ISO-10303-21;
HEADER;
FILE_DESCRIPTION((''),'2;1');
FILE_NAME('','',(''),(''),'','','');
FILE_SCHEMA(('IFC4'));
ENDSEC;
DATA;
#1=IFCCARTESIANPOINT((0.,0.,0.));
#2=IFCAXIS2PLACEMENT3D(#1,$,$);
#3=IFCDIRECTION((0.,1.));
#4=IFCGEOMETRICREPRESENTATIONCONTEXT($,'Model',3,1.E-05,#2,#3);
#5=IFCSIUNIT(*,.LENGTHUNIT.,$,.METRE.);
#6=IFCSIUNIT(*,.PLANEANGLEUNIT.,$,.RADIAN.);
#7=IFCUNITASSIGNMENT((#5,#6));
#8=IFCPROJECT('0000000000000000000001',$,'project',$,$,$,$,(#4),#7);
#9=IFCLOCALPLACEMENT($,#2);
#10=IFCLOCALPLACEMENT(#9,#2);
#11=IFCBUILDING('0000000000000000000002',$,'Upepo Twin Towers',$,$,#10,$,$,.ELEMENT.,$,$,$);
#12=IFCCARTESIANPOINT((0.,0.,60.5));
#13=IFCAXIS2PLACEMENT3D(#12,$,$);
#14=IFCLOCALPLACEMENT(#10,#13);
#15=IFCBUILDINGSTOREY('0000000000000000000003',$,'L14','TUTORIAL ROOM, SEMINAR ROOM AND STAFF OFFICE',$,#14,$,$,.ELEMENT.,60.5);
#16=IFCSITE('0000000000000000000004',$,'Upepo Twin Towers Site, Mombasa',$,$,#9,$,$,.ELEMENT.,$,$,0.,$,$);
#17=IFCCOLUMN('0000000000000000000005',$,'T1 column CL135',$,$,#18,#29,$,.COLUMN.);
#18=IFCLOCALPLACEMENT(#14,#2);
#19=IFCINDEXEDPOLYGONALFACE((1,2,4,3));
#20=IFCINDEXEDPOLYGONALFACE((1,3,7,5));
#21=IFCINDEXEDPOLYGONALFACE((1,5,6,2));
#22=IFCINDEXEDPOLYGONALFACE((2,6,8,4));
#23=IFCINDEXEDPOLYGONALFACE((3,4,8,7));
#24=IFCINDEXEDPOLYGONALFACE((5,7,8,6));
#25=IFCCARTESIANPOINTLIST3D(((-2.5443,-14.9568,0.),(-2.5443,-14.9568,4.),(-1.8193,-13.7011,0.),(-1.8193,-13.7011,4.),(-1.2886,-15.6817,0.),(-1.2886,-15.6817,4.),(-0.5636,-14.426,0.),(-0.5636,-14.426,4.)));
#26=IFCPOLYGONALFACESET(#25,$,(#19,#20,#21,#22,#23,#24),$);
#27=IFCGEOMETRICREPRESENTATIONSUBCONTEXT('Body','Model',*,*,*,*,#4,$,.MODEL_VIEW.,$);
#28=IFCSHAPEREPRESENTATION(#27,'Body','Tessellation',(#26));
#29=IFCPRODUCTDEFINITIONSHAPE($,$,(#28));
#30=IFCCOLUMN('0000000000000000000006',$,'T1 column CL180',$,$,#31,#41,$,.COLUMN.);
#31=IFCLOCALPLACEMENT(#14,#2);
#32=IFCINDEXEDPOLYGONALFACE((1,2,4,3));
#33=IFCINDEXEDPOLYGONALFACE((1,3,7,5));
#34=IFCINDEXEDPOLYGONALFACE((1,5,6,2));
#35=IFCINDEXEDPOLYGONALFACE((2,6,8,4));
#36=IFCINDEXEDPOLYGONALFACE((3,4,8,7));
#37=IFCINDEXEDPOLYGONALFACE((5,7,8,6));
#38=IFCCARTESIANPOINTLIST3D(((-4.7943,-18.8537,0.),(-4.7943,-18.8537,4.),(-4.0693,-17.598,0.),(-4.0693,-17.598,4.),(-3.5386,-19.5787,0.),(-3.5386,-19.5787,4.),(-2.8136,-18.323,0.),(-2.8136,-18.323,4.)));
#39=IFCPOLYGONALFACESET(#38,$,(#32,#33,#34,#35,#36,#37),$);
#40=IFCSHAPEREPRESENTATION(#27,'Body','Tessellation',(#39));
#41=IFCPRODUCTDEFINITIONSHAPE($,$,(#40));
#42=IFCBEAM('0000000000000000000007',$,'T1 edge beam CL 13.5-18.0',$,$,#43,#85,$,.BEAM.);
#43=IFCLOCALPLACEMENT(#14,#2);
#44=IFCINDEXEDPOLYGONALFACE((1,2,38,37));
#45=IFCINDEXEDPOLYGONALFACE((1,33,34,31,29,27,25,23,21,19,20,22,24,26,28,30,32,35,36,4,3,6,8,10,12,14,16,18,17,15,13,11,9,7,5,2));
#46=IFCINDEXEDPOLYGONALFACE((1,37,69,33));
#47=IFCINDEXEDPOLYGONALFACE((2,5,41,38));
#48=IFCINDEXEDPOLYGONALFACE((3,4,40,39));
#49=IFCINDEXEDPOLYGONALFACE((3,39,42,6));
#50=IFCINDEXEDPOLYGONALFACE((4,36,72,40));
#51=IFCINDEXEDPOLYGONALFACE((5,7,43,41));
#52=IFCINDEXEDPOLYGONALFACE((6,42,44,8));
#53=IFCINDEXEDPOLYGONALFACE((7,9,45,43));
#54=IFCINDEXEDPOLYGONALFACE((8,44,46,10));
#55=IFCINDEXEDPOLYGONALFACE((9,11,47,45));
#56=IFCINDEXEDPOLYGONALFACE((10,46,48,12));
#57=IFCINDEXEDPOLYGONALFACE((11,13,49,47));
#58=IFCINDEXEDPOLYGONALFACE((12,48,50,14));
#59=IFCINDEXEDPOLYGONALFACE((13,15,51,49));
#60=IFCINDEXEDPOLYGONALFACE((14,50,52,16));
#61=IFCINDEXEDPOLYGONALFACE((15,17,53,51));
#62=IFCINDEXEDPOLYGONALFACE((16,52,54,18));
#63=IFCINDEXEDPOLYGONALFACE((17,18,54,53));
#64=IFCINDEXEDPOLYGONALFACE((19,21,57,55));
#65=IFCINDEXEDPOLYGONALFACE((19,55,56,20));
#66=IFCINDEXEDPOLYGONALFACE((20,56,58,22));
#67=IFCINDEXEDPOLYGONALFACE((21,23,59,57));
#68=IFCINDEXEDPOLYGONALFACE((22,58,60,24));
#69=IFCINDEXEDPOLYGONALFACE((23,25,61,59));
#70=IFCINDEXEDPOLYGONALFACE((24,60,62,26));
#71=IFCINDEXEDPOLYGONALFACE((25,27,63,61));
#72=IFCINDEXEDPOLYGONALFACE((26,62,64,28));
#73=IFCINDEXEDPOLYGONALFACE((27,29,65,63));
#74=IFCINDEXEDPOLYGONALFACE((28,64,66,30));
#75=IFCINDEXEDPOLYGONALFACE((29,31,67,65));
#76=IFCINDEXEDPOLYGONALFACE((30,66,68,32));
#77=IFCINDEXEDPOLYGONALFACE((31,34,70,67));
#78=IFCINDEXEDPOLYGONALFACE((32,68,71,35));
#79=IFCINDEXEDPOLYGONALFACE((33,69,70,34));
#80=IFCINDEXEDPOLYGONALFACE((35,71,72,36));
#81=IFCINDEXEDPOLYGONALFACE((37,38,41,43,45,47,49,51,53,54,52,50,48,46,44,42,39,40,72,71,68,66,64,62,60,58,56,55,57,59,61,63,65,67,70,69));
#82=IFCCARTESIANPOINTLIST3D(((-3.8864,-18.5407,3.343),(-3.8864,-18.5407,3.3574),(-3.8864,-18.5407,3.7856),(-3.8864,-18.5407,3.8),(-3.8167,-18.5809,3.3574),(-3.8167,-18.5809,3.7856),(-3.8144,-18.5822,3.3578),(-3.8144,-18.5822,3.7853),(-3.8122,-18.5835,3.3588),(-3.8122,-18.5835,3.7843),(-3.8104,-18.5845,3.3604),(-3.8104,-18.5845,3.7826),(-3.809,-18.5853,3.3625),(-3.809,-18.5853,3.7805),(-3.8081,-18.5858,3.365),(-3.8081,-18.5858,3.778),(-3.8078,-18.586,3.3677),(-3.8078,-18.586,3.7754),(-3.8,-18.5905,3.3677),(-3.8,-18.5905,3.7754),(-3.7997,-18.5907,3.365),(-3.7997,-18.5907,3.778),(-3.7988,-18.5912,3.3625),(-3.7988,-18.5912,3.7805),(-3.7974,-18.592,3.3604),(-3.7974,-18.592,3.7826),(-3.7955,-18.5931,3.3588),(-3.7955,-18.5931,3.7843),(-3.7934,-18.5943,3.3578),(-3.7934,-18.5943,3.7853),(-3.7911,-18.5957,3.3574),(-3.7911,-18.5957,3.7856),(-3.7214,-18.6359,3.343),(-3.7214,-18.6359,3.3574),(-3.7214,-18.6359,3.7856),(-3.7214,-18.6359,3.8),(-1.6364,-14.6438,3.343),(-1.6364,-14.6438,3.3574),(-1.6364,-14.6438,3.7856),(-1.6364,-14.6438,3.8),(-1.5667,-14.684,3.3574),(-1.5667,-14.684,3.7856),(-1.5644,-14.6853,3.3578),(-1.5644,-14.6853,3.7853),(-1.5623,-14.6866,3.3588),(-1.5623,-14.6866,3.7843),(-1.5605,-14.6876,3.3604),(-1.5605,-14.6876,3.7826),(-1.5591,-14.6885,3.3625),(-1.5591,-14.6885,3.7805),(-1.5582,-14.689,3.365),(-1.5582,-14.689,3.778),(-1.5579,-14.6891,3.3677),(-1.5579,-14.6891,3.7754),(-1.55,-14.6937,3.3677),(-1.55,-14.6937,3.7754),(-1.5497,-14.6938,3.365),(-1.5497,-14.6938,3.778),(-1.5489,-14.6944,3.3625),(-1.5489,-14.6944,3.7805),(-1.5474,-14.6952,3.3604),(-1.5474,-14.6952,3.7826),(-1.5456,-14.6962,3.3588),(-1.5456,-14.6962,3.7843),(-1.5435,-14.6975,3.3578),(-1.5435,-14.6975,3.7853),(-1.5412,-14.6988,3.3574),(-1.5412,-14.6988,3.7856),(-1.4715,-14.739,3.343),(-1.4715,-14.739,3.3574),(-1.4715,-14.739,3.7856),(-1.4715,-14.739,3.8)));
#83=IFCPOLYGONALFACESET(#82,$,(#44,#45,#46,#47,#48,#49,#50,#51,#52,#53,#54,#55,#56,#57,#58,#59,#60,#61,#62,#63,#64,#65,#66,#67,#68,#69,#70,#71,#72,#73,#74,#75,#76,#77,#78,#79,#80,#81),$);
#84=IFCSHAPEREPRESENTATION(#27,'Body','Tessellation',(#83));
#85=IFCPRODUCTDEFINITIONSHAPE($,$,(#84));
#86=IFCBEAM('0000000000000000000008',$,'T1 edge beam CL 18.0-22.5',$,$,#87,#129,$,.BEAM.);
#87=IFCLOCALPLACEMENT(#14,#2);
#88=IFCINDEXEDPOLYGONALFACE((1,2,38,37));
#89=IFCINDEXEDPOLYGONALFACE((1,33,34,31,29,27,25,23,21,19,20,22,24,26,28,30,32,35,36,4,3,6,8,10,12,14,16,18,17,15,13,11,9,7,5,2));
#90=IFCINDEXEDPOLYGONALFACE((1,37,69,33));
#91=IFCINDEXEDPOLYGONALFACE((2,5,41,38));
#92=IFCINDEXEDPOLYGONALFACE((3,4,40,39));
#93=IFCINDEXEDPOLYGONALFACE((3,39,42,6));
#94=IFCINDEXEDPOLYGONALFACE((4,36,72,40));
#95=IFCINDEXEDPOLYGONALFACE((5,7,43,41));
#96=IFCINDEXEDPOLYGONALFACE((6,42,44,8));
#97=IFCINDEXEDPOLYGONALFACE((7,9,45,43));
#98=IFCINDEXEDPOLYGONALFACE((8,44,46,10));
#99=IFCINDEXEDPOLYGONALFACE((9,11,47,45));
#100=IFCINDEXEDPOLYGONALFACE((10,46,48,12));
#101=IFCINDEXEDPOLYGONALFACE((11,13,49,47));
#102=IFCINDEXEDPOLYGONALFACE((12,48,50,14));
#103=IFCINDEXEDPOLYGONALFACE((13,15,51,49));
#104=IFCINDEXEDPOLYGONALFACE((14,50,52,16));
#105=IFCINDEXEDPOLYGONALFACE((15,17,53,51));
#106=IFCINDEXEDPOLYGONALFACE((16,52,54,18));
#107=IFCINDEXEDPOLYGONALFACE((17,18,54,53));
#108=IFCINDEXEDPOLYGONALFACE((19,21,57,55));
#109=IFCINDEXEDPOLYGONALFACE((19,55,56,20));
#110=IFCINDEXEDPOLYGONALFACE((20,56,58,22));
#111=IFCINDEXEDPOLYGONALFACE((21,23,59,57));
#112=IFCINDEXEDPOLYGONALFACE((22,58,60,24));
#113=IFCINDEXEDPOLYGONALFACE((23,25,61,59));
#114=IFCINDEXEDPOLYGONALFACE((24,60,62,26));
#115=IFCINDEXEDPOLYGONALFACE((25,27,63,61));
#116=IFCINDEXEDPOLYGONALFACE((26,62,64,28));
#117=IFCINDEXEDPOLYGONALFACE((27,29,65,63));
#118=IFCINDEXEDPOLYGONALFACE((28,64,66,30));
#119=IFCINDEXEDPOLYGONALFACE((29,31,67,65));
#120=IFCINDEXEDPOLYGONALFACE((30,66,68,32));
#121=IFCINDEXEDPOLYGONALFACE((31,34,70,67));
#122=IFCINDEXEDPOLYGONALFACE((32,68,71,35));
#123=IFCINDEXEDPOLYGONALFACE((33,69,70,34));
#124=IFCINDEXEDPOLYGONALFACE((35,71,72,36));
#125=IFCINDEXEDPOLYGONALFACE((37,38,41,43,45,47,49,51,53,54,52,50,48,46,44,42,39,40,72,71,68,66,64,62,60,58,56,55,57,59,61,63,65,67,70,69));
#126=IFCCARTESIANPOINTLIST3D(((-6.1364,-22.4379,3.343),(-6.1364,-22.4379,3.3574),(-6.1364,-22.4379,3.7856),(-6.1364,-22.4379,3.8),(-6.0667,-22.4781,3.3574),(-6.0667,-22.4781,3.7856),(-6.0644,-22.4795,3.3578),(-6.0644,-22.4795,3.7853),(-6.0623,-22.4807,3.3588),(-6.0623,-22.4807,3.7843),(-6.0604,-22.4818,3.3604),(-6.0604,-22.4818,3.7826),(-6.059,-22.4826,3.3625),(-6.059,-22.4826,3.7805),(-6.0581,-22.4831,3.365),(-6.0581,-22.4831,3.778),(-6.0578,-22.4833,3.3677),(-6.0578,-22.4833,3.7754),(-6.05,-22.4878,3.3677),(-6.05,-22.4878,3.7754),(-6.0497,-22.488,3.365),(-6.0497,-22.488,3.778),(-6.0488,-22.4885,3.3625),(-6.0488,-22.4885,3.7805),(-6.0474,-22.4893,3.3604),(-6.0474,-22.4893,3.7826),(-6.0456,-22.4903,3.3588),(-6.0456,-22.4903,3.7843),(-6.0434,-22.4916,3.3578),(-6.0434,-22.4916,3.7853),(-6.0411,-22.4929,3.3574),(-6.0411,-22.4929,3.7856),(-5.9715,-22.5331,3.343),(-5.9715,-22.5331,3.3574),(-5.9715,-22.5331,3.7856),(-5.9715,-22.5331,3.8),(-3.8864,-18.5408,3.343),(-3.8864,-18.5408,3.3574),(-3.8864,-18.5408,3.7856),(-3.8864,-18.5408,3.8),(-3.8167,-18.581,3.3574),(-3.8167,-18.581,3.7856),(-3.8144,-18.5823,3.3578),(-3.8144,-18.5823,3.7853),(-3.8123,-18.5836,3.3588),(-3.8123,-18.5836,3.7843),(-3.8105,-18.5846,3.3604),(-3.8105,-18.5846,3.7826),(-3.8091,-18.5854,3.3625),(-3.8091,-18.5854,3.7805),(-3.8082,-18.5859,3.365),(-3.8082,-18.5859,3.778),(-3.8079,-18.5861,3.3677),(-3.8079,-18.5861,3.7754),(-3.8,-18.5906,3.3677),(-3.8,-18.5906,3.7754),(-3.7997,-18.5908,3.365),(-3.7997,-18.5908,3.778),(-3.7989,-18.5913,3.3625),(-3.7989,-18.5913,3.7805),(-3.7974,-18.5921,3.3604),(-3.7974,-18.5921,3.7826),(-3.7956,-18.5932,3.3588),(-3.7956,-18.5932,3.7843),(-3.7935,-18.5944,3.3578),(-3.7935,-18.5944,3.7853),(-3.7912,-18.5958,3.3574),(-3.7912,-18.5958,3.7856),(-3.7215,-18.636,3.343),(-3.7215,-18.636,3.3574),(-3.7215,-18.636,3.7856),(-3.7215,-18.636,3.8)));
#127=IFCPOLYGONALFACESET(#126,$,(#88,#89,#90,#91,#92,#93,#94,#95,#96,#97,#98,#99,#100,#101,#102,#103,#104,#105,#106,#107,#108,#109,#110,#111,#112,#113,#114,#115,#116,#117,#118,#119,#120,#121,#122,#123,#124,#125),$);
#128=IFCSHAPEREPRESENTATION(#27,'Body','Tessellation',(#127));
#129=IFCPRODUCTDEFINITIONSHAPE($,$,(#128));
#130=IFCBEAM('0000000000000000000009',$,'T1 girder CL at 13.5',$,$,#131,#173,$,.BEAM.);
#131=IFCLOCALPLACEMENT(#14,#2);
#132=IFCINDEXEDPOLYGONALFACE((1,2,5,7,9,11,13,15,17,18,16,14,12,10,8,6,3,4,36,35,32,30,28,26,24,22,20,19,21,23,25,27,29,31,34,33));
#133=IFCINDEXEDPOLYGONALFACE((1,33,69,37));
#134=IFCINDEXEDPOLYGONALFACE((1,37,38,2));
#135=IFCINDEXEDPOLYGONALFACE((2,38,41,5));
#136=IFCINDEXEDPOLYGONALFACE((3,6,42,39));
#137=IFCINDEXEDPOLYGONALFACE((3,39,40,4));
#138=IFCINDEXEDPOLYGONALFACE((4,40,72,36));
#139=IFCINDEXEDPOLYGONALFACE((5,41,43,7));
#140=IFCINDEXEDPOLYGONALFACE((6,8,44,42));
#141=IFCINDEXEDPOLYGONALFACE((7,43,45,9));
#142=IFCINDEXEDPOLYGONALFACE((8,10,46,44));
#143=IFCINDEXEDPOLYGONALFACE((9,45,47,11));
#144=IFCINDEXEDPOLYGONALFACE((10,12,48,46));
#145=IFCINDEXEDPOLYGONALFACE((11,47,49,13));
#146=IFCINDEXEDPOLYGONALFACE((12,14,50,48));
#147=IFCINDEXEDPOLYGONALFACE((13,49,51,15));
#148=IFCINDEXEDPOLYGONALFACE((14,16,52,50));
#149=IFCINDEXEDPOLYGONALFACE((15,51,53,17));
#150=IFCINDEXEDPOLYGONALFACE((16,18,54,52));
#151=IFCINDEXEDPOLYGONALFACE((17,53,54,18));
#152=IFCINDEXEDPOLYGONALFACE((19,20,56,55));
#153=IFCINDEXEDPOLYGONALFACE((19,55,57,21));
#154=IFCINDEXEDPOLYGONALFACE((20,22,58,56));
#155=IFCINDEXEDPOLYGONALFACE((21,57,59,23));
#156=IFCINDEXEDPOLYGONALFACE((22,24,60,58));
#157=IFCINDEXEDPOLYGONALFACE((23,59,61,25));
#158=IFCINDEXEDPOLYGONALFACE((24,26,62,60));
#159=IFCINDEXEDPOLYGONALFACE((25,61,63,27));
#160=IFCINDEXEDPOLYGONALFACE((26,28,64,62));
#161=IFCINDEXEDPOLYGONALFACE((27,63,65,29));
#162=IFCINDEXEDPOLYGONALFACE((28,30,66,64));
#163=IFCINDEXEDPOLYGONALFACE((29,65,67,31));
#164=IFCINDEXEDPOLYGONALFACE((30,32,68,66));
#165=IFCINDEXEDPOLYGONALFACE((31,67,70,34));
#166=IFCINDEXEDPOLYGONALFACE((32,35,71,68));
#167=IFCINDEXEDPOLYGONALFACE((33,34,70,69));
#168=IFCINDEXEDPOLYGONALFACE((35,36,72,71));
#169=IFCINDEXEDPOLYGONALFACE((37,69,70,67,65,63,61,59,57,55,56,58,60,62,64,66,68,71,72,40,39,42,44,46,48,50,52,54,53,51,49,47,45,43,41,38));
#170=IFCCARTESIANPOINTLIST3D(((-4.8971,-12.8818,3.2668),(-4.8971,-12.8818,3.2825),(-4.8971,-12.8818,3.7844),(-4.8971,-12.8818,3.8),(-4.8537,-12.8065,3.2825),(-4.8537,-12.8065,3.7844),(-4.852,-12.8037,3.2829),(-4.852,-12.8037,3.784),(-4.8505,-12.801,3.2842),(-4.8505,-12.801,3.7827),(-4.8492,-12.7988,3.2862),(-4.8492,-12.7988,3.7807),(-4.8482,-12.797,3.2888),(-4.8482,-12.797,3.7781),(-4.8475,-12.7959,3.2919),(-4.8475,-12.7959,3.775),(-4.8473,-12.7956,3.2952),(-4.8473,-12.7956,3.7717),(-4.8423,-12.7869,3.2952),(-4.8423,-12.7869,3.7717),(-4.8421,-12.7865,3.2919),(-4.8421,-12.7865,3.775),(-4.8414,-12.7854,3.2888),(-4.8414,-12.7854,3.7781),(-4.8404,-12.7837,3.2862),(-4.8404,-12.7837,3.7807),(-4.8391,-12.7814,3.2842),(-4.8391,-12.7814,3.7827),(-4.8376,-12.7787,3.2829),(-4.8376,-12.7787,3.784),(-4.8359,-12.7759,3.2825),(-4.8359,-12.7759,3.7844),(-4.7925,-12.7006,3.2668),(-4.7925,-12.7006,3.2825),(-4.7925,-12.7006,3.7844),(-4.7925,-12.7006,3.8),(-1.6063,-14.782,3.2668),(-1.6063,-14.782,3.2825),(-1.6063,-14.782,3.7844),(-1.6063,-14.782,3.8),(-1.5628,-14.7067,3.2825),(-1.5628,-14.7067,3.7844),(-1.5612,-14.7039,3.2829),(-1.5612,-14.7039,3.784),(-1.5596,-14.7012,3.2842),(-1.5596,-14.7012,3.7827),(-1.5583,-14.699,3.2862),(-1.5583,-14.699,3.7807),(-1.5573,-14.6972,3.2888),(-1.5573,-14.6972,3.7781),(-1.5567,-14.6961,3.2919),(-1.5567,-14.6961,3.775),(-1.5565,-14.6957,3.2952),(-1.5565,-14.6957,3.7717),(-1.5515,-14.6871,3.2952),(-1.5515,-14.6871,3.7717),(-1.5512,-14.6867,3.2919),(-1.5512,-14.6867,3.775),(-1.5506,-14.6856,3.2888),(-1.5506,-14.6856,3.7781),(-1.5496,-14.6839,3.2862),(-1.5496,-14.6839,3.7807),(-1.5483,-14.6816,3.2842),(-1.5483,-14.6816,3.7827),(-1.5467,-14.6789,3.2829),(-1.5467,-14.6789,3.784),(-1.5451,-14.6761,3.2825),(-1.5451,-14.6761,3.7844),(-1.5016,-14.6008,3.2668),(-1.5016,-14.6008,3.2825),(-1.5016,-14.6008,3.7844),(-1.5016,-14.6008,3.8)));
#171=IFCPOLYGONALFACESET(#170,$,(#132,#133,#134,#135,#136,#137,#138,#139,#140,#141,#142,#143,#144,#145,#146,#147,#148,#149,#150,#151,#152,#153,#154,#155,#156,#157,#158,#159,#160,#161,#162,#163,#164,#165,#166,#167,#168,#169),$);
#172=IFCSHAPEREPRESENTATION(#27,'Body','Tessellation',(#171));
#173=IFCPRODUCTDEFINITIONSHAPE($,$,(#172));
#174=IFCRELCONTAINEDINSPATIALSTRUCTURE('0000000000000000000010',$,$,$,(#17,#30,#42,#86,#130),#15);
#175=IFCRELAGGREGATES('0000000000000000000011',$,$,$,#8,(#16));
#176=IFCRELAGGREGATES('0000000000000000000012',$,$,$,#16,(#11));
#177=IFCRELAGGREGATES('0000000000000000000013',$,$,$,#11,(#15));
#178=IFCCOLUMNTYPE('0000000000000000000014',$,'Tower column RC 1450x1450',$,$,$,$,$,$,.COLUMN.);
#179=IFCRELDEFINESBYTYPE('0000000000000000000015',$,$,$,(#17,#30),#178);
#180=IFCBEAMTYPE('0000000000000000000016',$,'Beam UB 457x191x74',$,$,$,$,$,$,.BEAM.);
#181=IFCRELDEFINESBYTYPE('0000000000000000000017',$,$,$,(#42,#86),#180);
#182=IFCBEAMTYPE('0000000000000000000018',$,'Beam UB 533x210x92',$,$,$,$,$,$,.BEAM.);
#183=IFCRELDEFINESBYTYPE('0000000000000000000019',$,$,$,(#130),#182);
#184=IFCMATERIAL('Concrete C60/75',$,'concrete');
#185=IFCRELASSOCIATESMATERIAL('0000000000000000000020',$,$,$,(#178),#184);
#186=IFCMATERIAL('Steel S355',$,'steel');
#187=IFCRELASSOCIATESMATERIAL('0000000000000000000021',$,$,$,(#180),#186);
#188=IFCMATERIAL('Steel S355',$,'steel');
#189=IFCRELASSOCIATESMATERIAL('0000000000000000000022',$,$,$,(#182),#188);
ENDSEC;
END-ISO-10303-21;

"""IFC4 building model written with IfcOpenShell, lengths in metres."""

from ifc_helpers import new_model, si_unit, direction, frame, origin, origin_2d, place, context, subcontext, project, spatial, rectangle, i_section, extrude, material, material_profile, profile_set, type_object, element, save


model = new_model("IFC4")

# Units and contexts
model_context = context("Model", 3, precision=1e-05, world=origin(), true_north=direction((0.0, 1.0)))
body_context = subcontext(model_context, "Body", "Model", "MODEL_VIEW")
ifc_project = project(units=[si_unit("LENGTHUNIT", "METRE"), si_unit("PLANEANGLEUNIT", "RADIAN")], contexts=[model_context])

# Site, building, storey
site_placement = place(None, origin())
site = spatial("IfcSite", under=ifc_project, at=site_placement, Name="Upepo Twin Towers Site, Mombasa", CompositionType="ELEMENT", RefElevation=0.0)
building_placement = place(site_placement, origin())
building = spatial("IfcBuilding", under=site, at=building_placement, Name="Upepo Twin Towers", CompositionType="ELEMENT")
storey_placement = place(building_placement, frame((0.0, 0.0, 60.5)))
storey = spatial("IfcBuildingStorey", under=building, at=storey_placement, Name="L14", Description="TUTORIAL ROOM, SEMINAR ROOM AND STAFF OFFICE", CompositionType="ELEMENT", Elevation=60.5)

# Columns
ifc_material_1 = material(Name="Concrete C60/75", Category="concrete")
ifc_material_profile_1 = material_profile(ifc_material_1, rectangle(XDim=1.45, YDim=1.45, at=origin_2d()), Name="RC 1450x1450")
ifc_profile_set_1 = profile_set([ifc_material_profile_1], Name="Concrete C60/75")
column_type = type_object("IfcColumnType", Name="Tower column RC 1450x1450", PredefinedType="COLUMN", material=ifc_profile_set_1)
for number, where, z_axis, x_axis, name in (
    (1, (-1.554, -14.6914, 0.0), (0.0, 0.0, 1.0), (0.5, 0.866025, 0.0), "T1 column CL135"),
    (2, (-3.804, -18.5884, 0.0), (0.0, 0.0, 1.0), (0.5, 0.866025, 0.0), "T1 column CL180"),
):
    element("IfcColumn", number, at=place(storey_placement, frame(where, z_axis=z_axis, x_axis=x_axis)), inside=storey, type_object=column_type, Name=name, PredefinedType="COLUMN", context=body_context, shape_type="SweptSolid", body=[
        extrude(rectangle(XDim=1.45, YDim=1.45, at=origin_2d()), origin(), (0.0, 0.0, 1.0), 4.0),
    ])

# Beams
ifc_material_2 = material(Name="Steel S355", Category="steel")
ifc_material_profile_2 = material_profile(ifc_material_2, i_section(OverallWidth=0.1904, OverallDepth=0.457, WebThickness=0.009, FlangeThickness=0.0144, FilletRadius=0.0103, at=origin_2d()), Name="UB 457x191x74")
ifc_profile_set_2 = profile_set([ifc_material_profile_2], Name="Steel S355")
beam_type_1 = type_object("IfcBeamType", Name="Beam UB 457x191x74", PredefinedType="BEAM", material=ifc_profile_set_2)
beam_1_placement = place(storey_placement, frame((-1.554, -14.6914, 3.5715), z_axis=(-0.500014, -0.866018, 0.0), x_axis=(0.866018, -0.500014, 0.0)))
element("IfcBeam", 3, at=beam_1_placement, inside=storey, type_object=beam_type_1, Name="T1 edge beam CL 13.5-18.0", PredefinedType="BEAM", context=body_context, shape_type="SweptSolid", body=[
    extrude(i_section(OverallWidth=0.1904, OverallDepth=0.457, WebThickness=0.009, FlangeThickness=0.0144, FilletRadius=0.0103, at=origin_2d()), origin(), (0.0, 0.0, 1.0), 4.4998),
])
beam_2_placement = place(storey_placement, frame((-3.804, -18.5884, 3.5715), z_axis=(-0.49999, -0.866031, 0.0), x_axis=(0.866031, -0.49999, 0.0)))
element("IfcBeam", 4, at=beam_2_placement, inside=storey, type_object=beam_type_1, Name="T1 edge beam CL 18.0-22.5", PredefinedType="BEAM", context=body_context, shape_type="SweptSolid", body=[
    extrude(i_section(OverallWidth=0.1904, OverallDepth=0.457, WebThickness=0.009, FlangeThickness=0.0144, FilletRadius=0.0103, at=origin_2d()), origin(), (0.0, 0.0, 1.0), 4.5),
])
ifc_material_3 = material(Name="Steel S355", Category="steel")
ifc_material_profile_3 = material_profile(ifc_material_3, i_section(OverallWidth=0.2092, OverallDepth=0.5332, WebThickness=0.01, FlangeThickness=0.0156, FilletRadius=0.0127, at=origin_2d()), Name="UB 533x210x92")
ifc_profile_set_3 = profile_set([ifc_material_profile_3], Name="Steel S355")
beam_type_2 = type_object("IfcBeamType", Name="Beam UB 533x210x92", PredefinedType="BEAM", material=ifc_profile_set_3)
beam_3_placement = place(storey_placement, frame((-1.554, -14.6914, 3.5334), z_axis=(-0.866, 0.500043, 0.0), x_axis=(-0.500043, -0.866, 0.0)))
element("IfcBeam", 5, at=beam_3_placement, inside=storey, type_object=beam_type_2, Name="T1 girder CL at 13.5", PredefinedType="BEAM", context=body_context, shape_type="SweptSolid", body=[
    extrude(i_section(OverallWidth=0.2092, OverallDepth=0.5332, WebThickness=0.01, FlangeThickness=0.0156, FilletRadius=0.0127, at=origin_2d()), origin(), (0.0, 0.0, 1.0), 3.8),
])

save(model, "model.ifc")
